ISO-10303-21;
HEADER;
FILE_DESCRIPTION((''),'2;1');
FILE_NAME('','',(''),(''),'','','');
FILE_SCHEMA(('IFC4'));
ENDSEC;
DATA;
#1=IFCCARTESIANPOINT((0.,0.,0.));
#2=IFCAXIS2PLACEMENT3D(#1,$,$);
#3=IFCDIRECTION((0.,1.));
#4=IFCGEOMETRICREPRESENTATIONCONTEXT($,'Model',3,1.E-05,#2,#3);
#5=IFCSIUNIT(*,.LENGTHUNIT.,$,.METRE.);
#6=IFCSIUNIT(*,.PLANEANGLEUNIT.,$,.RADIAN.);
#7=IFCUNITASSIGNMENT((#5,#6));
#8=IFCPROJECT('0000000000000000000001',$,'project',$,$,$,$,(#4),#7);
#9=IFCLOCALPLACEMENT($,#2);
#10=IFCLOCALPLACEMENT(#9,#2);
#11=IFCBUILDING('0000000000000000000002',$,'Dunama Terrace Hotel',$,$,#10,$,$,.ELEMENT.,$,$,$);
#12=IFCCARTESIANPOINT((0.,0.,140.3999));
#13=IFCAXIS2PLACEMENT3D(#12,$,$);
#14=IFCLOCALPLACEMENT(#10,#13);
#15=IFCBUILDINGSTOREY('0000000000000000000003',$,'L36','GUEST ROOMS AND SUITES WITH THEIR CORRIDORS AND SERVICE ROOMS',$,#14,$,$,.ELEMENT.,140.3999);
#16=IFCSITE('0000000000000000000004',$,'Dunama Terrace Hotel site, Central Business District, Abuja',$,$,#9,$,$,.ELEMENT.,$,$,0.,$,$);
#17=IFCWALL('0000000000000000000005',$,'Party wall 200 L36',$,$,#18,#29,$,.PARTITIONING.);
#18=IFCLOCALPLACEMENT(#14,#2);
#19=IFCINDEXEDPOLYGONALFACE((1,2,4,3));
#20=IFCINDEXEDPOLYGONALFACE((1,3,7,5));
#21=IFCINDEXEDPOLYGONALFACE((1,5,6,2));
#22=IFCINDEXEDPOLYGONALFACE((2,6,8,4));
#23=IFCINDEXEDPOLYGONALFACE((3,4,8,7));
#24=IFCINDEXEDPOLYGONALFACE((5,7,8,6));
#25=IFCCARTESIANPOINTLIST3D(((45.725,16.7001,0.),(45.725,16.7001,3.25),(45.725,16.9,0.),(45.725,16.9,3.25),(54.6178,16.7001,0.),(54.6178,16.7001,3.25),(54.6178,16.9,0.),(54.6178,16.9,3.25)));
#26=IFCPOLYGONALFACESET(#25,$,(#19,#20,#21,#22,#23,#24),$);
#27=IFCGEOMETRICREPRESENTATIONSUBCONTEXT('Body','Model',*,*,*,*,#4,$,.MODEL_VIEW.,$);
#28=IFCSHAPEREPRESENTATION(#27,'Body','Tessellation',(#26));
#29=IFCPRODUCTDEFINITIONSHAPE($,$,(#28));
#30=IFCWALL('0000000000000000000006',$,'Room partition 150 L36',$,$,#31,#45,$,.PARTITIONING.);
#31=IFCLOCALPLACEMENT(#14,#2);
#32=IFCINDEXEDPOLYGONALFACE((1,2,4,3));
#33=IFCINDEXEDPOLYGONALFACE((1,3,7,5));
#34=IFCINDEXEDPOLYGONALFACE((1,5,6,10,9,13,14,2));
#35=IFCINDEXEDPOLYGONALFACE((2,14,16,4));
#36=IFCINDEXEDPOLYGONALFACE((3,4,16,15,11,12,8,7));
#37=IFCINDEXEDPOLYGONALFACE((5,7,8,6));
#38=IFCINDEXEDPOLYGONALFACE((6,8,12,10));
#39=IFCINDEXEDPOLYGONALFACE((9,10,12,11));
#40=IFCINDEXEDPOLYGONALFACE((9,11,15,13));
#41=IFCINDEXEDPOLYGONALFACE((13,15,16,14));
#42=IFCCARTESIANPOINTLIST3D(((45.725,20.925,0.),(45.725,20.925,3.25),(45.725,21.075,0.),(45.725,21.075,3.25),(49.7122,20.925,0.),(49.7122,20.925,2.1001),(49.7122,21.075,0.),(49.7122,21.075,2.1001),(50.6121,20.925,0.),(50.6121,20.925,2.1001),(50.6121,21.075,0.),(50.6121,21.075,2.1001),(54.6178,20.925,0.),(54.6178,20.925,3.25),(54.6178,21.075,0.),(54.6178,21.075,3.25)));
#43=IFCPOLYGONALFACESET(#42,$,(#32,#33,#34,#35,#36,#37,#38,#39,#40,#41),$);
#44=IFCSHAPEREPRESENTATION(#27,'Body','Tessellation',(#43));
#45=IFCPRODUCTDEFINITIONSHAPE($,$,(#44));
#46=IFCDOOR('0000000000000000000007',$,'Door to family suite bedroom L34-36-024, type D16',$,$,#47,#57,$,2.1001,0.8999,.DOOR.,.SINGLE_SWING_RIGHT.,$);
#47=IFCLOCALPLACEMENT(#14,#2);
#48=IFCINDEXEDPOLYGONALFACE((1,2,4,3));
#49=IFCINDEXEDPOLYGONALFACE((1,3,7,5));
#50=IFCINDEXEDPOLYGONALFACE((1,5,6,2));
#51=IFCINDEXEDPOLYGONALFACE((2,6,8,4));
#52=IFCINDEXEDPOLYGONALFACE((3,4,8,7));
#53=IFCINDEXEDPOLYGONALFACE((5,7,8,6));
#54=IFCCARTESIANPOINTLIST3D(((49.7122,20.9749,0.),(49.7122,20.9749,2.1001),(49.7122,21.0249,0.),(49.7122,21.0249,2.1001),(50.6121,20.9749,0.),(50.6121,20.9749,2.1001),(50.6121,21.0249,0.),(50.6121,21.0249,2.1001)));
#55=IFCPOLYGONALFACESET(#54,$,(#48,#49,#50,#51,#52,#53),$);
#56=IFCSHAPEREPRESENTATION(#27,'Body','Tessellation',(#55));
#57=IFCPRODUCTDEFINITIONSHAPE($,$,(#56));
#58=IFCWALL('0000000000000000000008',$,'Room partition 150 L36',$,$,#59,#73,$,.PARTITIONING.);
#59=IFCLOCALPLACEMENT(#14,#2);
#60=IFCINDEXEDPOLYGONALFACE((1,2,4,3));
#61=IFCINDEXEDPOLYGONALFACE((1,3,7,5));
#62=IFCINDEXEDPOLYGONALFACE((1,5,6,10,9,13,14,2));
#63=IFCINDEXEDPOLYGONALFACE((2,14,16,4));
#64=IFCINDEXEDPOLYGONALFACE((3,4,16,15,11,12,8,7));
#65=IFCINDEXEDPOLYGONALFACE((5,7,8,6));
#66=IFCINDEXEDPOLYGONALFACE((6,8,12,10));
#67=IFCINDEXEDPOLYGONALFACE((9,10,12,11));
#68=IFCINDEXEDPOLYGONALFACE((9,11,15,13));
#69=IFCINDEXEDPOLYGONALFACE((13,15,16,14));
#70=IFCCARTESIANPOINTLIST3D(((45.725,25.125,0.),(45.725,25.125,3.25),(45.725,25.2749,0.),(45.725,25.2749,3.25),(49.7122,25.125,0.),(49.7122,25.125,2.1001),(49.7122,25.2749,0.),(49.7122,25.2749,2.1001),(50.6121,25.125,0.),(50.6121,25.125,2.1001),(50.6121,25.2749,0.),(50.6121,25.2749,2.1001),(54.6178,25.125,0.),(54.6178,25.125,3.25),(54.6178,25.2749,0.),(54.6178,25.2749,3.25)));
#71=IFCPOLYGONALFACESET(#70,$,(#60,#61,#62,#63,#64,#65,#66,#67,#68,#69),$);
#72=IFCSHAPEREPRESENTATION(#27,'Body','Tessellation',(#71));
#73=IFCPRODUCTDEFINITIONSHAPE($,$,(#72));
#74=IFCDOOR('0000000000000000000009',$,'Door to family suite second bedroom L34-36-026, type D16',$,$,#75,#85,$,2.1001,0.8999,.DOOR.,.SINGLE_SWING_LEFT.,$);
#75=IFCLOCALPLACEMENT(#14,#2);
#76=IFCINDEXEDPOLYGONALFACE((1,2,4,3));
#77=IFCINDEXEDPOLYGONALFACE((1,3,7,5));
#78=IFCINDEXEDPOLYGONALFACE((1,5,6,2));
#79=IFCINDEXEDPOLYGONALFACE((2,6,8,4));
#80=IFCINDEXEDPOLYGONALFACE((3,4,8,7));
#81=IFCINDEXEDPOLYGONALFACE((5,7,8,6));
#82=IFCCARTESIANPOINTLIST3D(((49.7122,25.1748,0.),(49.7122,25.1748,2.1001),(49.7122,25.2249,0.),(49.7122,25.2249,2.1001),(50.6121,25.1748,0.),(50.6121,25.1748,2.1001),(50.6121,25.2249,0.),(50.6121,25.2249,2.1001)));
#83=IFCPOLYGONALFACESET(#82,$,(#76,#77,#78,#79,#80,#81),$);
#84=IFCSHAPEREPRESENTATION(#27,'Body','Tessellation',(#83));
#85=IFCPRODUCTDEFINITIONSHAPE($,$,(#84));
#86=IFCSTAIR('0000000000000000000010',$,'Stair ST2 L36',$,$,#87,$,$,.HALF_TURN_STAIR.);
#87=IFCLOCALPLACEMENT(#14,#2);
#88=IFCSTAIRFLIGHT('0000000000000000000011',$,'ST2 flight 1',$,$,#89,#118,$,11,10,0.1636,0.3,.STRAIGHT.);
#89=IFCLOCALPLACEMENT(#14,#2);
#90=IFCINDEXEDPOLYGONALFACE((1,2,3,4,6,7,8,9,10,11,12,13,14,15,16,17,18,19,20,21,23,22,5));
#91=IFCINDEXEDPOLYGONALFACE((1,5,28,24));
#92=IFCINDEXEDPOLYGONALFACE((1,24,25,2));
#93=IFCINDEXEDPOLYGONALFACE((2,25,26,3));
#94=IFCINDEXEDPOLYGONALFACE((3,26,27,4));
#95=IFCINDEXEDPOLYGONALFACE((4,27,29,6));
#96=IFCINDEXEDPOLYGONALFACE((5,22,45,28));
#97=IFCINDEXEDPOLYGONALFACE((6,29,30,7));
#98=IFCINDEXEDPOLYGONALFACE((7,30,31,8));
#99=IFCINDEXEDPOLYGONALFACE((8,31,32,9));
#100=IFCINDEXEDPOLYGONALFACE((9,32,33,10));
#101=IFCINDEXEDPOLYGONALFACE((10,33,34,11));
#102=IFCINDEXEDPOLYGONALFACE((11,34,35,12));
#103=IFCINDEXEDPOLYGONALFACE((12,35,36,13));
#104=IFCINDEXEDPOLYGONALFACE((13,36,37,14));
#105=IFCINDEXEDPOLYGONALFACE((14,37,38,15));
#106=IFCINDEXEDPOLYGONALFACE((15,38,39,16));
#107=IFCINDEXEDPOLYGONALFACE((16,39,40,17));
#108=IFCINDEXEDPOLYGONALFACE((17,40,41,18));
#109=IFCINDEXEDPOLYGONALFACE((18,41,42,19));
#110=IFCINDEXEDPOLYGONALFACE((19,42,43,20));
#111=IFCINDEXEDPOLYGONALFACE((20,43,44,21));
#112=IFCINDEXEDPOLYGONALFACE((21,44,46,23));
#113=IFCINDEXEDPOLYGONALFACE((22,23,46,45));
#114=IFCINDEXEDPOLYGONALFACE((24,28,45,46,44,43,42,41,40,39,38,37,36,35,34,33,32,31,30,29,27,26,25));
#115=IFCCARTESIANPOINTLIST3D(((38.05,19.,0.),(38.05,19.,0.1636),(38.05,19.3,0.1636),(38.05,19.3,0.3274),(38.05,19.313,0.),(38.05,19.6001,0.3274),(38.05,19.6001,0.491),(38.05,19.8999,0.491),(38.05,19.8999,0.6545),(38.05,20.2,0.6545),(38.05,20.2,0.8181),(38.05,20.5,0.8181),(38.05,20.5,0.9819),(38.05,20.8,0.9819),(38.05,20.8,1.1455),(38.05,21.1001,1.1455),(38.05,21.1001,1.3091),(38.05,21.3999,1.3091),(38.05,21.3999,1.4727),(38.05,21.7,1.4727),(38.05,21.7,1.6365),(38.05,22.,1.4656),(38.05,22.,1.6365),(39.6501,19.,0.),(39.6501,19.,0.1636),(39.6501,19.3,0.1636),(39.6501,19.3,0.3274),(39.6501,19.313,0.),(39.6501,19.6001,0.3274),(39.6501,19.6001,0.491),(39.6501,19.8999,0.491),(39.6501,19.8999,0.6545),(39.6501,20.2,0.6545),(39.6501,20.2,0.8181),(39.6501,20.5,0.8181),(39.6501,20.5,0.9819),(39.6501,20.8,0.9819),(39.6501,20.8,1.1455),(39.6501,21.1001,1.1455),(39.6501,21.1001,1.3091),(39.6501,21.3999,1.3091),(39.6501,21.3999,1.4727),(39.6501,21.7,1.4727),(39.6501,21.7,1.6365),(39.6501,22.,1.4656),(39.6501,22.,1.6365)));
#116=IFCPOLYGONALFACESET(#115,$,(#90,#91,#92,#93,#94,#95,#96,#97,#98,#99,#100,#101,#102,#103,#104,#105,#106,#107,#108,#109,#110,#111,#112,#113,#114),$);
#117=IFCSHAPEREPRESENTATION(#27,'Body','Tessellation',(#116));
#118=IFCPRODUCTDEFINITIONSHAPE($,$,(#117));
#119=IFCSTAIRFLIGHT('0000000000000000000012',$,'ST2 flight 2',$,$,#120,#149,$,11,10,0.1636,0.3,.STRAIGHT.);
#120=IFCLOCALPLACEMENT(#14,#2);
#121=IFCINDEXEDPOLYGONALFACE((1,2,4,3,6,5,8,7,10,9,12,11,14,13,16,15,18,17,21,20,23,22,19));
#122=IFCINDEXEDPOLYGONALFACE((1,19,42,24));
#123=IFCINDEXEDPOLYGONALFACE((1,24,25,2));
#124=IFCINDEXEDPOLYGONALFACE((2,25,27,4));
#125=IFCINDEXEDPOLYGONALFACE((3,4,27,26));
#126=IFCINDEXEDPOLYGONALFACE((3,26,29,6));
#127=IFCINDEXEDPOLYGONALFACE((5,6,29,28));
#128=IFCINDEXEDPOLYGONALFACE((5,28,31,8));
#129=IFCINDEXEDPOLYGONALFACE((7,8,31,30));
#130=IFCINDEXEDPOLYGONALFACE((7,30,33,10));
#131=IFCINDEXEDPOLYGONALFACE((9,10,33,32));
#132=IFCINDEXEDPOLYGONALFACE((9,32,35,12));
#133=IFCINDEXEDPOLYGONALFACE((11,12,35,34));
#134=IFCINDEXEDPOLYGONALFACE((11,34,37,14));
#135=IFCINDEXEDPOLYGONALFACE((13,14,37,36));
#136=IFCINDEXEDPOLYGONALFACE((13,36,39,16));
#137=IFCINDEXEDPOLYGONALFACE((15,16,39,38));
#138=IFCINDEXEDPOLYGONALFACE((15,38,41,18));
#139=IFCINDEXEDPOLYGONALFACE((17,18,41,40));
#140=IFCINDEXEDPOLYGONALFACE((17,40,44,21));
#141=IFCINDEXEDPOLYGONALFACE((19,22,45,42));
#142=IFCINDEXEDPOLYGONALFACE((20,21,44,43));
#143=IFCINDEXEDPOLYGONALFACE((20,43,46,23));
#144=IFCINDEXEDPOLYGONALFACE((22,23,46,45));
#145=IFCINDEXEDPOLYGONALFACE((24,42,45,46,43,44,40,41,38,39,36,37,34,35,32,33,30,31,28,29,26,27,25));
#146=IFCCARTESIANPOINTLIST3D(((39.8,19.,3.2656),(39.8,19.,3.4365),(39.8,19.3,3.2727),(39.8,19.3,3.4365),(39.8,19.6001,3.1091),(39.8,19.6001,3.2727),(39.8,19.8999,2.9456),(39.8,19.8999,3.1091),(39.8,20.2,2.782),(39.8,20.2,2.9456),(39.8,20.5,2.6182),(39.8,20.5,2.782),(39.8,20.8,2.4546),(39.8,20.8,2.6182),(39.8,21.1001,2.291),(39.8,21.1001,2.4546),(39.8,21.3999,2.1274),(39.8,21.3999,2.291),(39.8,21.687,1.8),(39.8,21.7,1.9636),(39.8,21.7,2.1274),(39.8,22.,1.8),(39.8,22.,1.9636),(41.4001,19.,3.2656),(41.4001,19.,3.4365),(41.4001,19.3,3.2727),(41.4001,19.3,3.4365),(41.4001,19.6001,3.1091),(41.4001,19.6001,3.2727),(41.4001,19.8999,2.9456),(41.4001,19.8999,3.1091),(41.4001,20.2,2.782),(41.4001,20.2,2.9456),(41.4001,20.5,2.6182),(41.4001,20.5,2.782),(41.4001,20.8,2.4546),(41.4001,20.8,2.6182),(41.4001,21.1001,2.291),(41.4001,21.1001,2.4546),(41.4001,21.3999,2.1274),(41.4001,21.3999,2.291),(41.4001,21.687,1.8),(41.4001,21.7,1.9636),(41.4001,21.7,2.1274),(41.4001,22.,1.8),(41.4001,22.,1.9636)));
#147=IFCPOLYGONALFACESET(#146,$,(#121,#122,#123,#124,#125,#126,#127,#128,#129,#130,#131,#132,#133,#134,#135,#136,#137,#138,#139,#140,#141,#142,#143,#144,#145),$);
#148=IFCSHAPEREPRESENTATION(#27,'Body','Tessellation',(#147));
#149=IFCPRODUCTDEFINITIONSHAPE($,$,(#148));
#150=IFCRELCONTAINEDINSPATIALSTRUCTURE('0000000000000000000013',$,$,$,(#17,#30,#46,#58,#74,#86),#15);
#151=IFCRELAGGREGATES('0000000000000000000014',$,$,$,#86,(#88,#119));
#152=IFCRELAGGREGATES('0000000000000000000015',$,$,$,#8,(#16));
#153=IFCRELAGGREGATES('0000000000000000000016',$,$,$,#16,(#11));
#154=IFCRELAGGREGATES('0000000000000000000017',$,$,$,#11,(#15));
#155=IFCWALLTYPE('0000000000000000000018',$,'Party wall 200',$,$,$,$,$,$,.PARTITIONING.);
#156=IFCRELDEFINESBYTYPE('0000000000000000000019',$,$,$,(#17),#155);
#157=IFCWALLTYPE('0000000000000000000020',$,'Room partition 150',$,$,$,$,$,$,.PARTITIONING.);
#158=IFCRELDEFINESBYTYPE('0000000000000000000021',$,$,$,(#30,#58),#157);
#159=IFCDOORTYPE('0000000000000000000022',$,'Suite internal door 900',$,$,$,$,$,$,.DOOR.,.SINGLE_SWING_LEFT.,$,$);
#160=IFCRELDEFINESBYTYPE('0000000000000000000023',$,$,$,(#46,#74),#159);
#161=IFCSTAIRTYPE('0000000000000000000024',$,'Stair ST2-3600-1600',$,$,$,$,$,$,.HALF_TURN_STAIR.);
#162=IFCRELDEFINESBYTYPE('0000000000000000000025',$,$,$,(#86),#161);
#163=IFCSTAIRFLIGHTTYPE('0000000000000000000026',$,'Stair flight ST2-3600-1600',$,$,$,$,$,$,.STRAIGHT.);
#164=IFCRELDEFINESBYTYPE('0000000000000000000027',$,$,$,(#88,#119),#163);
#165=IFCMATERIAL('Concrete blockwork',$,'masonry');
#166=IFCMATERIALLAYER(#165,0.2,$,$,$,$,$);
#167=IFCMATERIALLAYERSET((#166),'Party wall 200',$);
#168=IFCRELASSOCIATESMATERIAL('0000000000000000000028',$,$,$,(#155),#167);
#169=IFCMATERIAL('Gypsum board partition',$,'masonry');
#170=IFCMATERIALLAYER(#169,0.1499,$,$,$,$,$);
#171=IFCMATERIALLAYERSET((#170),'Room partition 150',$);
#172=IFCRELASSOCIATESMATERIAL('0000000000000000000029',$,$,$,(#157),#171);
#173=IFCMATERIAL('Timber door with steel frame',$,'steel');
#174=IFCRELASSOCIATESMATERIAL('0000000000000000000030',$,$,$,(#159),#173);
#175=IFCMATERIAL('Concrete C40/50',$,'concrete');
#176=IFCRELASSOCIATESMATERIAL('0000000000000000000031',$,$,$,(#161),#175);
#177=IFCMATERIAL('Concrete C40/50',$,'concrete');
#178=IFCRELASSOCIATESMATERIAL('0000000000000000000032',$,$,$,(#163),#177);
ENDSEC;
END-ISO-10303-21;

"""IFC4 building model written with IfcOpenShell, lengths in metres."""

from ifc_helpers import new_model, si_unit, direction, frame, frame_2d, origin, place, context, subcontext, project, spatial, polyline, rectangle, outline, extrude, material, layer, layer_set, type_object, element, fill, aggregate, save


model = new_model("IFC4")

# Units and contexts
model_context = context("Model", 3, precision=1e-05, world=origin(), true_north=direction((0.0, 1.0)))
body_context = subcontext(model_context, "Body", "Model", "MODEL_VIEW")
ifc_project = project(units=[si_unit("LENGTHUNIT", "METRE"), si_unit("PLANEANGLEUNIT", "RADIAN")], contexts=[model_context])

# Site, building, storey
site_placement = place(None, origin())
site = spatial("IfcSite", under=ifc_project, at=site_placement, Name="Dunama Terrace Hotel site, Central Business District, Abuja", CompositionType="ELEMENT", RefElevation=0.0)
building_placement = place(site_placement, origin())
building = spatial("IfcBuilding", under=site, at=building_placement, Name="Dunama Terrace Hotel", CompositionType="ELEMENT")
storey_placement = place(building_placement, frame((0.0, 0.0, 140.3999)))
storey = spatial("IfcBuildingStorey", under=building, at=storey_placement, Name="L36", Description="GUEST ROOMS AND SUITES WITH THEIR CORRIDORS AND SERVICE ROOMS", CompositionType="ELEMENT", Elevation=140.3999)

# Wall
ifc_material_1 = material(Name="Concrete blockwork", Category="masonry")
ifc_layer_1 = layer(ifc_material_1, 0.2)
ifc_layer_set_1 = layer_set([ifc_layer_1], Name="Party wall 200")
wall_type_1 = type_object("IfcWallType", Name="Party wall 200", PredefinedType="PARTITIONING", material=ifc_layer_set_1)
wall_1_placement = place(storey_placement, frame((45.7251, 16.8, 0.0), z_axis=(0.0, 0.0, 1.0), x_axis=(1.0, 0.0, 0.0)))
element("IfcWall", 1, at=wall_1_placement, inside=storey, type_object=wall_type_1, Name="Party wall 200 L36", PredefinedType="PARTITIONING", context=body_context, shape_type="SweptSolid", body=[
    extrude(rectangle(XDim=8.8928, YDim=0.2, at=frame_2d((4.4463, 0.0))), origin(), (0.0, 0.0, 1.0), 3.25),
])

# Walls, openings, doors
ifc_material_2 = material(Name="Gypsum board partition", Category="masonry")
ifc_layer_2 = layer(ifc_material_2, 0.1499)
ifc_layer_set_2 = layer_set([ifc_layer_2], Name="Room partition 150")
wall_type_2 = type_object("IfcWallType", Name="Room partition 150", PredefinedType="PARTITIONING", material=ifc_layer_set_2)
wall_2_placement = place(storey_placement, frame((45.7251, 21.0, 0.0), z_axis=(0.0, 0.0, 1.0), x_axis=(1.0, 0.0, 0.0)))
wall_2 = element("IfcWall", 2, at=wall_2_placement, inside=storey, type_object=wall_type_2, Name="Room partition 150 L36", PredefinedType="PARTITIONING", context=body_context, shape_type="SweptSolid", body=[
    extrude(rectangle(XDim=8.8928, YDim=0.1499, at=frame_2d((4.4463, 0.0))), origin(), (0.0, 0.0, 1.0), 3.25),
])
opening_1_placement = place(wall_2_placement, frame((3.9871, 0.0, 0.0)))
opening_1 = element("IfcOpeningElement", 3, at=opening_1_placement, cuts=wall_2, PredefinedType="OPENING", context=body_context, shape_type="SweptSolid", body=[
    extrude(rectangle(XDim=0.8999, YDim=2.1001, at=frame_2d((0.45, 1.05))), frame((0.0, 0.085, 0.0), z_axis=(0.0, -1.0, 0.0), x_axis=(1.0, 0.0, 0.0)), (0.0, 0.0, 1.0), 0.1699),
])
ifc_material_3 = material(Name="Timber door with steel frame", Category="steel")
door_type_1 = type_object("IfcDoorType", Name="Suite internal door 900", OperationType="SINGLE_SWING_LEFT", PredefinedType="DOOR", material=ifc_material_3)
door_1_placement = place(opening_1_placement, frame((0.8999, 0.0, 0.0), z_axis=(0.0, 0.0, 1.0), x_axis=(-1.0, 0.0, 0.0)))
door_1 = element("IfcDoor", 4, at=door_1_placement, inside=storey, type_object=door_type_1, Name="Door to family suite bedroom L34-36-024, type D16", OperationType="SINGLE_SWING_RIGHT", OverallHeight=2.1001, OverallWidth=0.8999, PredefinedType="DOOR", context=body_context, shape_type="SweptSolid", body=[
    extrude(rectangle(XDim=0.8999, YDim=2.1001, at=frame_2d((0.45, 1.05))), frame((0.0, 0.0251, 0.0), z_axis=(0.0, -1.0, 0.0), x_axis=(1.0, 0.0, 0.0)), (0.0, 0.0, 1.0), 0.05),
])
fill(opening_1, door_1)
wall_3_placement = place(storey_placement, frame((45.7251, 25.2, 0.0), z_axis=(0.0, 0.0, 1.0), x_axis=(1.0, 0.0, 0.0)))
wall_3 = element("IfcWall", 5, at=wall_3_placement, inside=storey, type_object=wall_type_2, Name="Room partition 150 L36", PredefinedType="PARTITIONING", context=body_context, shape_type="SweptSolid", body=[
    extrude(rectangle(XDim=8.8928, YDim=0.1499, at=frame_2d((4.4463, 0.0))), origin(), (0.0, 0.0, 1.0), 3.25),
])
opening_2_placement = place(wall_3_placement, frame((3.9871, 0.0, 0.0)))
opening_2 = element("IfcOpeningElement", 6, at=opening_2_placement, cuts=wall_3, PredefinedType="OPENING", context=body_context, shape_type="SweptSolid", body=[
    extrude(rectangle(XDim=0.8999, YDim=2.1001, at=frame_2d((0.45, 1.05))), frame((0.0, 0.085, 0.0), z_axis=(0.0, -1.0, 0.0), x_axis=(1.0, 0.0, 0.0)), (0.0, 0.0, 1.0), 0.1699),
])
door_2_placement = place(opening_2_placement, origin())
door_2 = element("IfcDoor", 7, at=door_2_placement, inside=storey, type_object=door_type_1, Name="Door to family suite second bedroom L34-36-026, type D16", OperationType="SINGLE_SWING_LEFT", OverallHeight=2.1001, OverallWidth=0.8999, PredefinedType="DOOR", context=body_context, shape_type="SweptSolid", body=[
    extrude(rectangle(XDim=0.8999, YDim=2.1001, at=frame_2d((0.45, 1.05))), frame((0.0, 0.0249, 0.0), z_axis=(0.0, -1.0, 0.0), x_axis=(1.0, 0.0, 0.0)), (0.0, 0.0, 1.0), 0.05),
])
fill(opening_2, door_2)

# Stair, stair flights
ifc_material_4 = material(Name="Concrete C40/50", Category="concrete")
stair_type = type_object("IfcStairType", Name="Stair ST2-3600-1600", PredefinedType="HALF_TURN_STAIR", material=ifc_material_4)
stair_placement = place(storey_placement, origin())
stair = element("IfcStair", 8, at=stair_placement, inside=storey, type_object=stair_type, Name="Stair ST2 L36", PredefinedType="HALF_TURN_STAIR")
ifc_material_5 = material(Name="Concrete C40/50", Category="concrete")
stair_flight_type = type_object("IfcStairFlightType", Name="Stair flight ST2-3600-1600", PredefinedType="STRAIGHT", material=ifc_material_5)
stair_flight_1_placement = place(storey_placement, frame((38.8501, 19.0, 0.0), z_axis=(0.0, 0.0, 1.0), x_axis=(0.0, 1.0, 0.0)))
stair_flight_1 = element("IfcStairFlight", 9, at=stair_flight_1_placement, type_object=stair_flight_type, Name="ST2 flight 1", NumberOfRisers=11, NumberOfTreads=10, PredefinedType="STRAIGHT", RiserHeight=0.1636, TreadLength=0.3, context=body_context, shape_type="SweptSolid", body=[
    extrude(outline(polyline([(0.0, 0.0), (0.0, 0.1636), (0.3, 0.1636), (0.3, 0.3274), (0.6001, 0.3274), (0.6001, 0.491), (0.8999, 0.491), (0.8999, 0.6545), (1.2, 0.6545), (1.2, 0.8181), (1.5, 0.8181), (1.5, 0.9819), (1.8, 0.9819), (1.8, 1.1455), (2.1001, 1.1455), (2.1001, 1.3091), (2.3999, 1.3091), (2.3999, 1.4727), (2.7, 1.4727), (2.7, 1.6365), (3.0, 1.6365), (3.0, 1.8), (3.0, 1.4656), (0.313, 0.0), (0.0, 0.0)])), frame((0.0, 0.8, 0.0), z_axis=(0.0, -1.0, 0.0), x_axis=(1.0, 0.0, 0.0)), (0.0, 0.0, 1.0), 1.6001),
])
stair_flight_2_placement = place(storey_placement, frame((40.6001, 22.0, 1.8), z_axis=(0.0, 0.0, 1.0), x_axis=(0.0, -1.0, 0.0)))
stair_flight_2 = element("IfcStairFlight", 10, at=stair_flight_2_placement, type_object=stair_flight_type, Name="ST2 flight 2", NumberOfRisers=11, NumberOfTreads=10, PredefinedType="STRAIGHT", RiserHeight=0.1636, TreadLength=0.3, context=body_context, shape_type="SweptSolid", body=[
    extrude(outline(polyline([(0.0, 0.0), (0.0, 0.1636), (0.3, 0.1636), (0.3, 0.3274), (0.6001, 0.3274), (0.6001, 0.491), (0.8999, 0.491), (0.8999, 0.6545), (1.2, 0.6545), (1.2, 0.8181), (1.5, 0.8181), (1.5, 0.9819), (1.8, 0.9819), (1.8, 1.1455), (2.1001, 1.1455), (2.1001, 1.3091), (2.3999, 1.3091), (2.3999, 1.4727), (2.7, 1.4727), (2.7, 1.6365), (3.0, 1.6365), (3.0, 1.8), (3.0, 1.4656), (0.313, 0.0), (0.0, 0.0)])), frame((0.0, 0.8, 0.0), z_axis=(0.0, -1.0, 0.0), x_axis=(1.0, 0.0, 0.0)), (0.0, 0.0, 1.0), 1.6001),
])
aggregate(stair, [stair_flight_1, stair_flight_2])

save(model, "model.ifc")
